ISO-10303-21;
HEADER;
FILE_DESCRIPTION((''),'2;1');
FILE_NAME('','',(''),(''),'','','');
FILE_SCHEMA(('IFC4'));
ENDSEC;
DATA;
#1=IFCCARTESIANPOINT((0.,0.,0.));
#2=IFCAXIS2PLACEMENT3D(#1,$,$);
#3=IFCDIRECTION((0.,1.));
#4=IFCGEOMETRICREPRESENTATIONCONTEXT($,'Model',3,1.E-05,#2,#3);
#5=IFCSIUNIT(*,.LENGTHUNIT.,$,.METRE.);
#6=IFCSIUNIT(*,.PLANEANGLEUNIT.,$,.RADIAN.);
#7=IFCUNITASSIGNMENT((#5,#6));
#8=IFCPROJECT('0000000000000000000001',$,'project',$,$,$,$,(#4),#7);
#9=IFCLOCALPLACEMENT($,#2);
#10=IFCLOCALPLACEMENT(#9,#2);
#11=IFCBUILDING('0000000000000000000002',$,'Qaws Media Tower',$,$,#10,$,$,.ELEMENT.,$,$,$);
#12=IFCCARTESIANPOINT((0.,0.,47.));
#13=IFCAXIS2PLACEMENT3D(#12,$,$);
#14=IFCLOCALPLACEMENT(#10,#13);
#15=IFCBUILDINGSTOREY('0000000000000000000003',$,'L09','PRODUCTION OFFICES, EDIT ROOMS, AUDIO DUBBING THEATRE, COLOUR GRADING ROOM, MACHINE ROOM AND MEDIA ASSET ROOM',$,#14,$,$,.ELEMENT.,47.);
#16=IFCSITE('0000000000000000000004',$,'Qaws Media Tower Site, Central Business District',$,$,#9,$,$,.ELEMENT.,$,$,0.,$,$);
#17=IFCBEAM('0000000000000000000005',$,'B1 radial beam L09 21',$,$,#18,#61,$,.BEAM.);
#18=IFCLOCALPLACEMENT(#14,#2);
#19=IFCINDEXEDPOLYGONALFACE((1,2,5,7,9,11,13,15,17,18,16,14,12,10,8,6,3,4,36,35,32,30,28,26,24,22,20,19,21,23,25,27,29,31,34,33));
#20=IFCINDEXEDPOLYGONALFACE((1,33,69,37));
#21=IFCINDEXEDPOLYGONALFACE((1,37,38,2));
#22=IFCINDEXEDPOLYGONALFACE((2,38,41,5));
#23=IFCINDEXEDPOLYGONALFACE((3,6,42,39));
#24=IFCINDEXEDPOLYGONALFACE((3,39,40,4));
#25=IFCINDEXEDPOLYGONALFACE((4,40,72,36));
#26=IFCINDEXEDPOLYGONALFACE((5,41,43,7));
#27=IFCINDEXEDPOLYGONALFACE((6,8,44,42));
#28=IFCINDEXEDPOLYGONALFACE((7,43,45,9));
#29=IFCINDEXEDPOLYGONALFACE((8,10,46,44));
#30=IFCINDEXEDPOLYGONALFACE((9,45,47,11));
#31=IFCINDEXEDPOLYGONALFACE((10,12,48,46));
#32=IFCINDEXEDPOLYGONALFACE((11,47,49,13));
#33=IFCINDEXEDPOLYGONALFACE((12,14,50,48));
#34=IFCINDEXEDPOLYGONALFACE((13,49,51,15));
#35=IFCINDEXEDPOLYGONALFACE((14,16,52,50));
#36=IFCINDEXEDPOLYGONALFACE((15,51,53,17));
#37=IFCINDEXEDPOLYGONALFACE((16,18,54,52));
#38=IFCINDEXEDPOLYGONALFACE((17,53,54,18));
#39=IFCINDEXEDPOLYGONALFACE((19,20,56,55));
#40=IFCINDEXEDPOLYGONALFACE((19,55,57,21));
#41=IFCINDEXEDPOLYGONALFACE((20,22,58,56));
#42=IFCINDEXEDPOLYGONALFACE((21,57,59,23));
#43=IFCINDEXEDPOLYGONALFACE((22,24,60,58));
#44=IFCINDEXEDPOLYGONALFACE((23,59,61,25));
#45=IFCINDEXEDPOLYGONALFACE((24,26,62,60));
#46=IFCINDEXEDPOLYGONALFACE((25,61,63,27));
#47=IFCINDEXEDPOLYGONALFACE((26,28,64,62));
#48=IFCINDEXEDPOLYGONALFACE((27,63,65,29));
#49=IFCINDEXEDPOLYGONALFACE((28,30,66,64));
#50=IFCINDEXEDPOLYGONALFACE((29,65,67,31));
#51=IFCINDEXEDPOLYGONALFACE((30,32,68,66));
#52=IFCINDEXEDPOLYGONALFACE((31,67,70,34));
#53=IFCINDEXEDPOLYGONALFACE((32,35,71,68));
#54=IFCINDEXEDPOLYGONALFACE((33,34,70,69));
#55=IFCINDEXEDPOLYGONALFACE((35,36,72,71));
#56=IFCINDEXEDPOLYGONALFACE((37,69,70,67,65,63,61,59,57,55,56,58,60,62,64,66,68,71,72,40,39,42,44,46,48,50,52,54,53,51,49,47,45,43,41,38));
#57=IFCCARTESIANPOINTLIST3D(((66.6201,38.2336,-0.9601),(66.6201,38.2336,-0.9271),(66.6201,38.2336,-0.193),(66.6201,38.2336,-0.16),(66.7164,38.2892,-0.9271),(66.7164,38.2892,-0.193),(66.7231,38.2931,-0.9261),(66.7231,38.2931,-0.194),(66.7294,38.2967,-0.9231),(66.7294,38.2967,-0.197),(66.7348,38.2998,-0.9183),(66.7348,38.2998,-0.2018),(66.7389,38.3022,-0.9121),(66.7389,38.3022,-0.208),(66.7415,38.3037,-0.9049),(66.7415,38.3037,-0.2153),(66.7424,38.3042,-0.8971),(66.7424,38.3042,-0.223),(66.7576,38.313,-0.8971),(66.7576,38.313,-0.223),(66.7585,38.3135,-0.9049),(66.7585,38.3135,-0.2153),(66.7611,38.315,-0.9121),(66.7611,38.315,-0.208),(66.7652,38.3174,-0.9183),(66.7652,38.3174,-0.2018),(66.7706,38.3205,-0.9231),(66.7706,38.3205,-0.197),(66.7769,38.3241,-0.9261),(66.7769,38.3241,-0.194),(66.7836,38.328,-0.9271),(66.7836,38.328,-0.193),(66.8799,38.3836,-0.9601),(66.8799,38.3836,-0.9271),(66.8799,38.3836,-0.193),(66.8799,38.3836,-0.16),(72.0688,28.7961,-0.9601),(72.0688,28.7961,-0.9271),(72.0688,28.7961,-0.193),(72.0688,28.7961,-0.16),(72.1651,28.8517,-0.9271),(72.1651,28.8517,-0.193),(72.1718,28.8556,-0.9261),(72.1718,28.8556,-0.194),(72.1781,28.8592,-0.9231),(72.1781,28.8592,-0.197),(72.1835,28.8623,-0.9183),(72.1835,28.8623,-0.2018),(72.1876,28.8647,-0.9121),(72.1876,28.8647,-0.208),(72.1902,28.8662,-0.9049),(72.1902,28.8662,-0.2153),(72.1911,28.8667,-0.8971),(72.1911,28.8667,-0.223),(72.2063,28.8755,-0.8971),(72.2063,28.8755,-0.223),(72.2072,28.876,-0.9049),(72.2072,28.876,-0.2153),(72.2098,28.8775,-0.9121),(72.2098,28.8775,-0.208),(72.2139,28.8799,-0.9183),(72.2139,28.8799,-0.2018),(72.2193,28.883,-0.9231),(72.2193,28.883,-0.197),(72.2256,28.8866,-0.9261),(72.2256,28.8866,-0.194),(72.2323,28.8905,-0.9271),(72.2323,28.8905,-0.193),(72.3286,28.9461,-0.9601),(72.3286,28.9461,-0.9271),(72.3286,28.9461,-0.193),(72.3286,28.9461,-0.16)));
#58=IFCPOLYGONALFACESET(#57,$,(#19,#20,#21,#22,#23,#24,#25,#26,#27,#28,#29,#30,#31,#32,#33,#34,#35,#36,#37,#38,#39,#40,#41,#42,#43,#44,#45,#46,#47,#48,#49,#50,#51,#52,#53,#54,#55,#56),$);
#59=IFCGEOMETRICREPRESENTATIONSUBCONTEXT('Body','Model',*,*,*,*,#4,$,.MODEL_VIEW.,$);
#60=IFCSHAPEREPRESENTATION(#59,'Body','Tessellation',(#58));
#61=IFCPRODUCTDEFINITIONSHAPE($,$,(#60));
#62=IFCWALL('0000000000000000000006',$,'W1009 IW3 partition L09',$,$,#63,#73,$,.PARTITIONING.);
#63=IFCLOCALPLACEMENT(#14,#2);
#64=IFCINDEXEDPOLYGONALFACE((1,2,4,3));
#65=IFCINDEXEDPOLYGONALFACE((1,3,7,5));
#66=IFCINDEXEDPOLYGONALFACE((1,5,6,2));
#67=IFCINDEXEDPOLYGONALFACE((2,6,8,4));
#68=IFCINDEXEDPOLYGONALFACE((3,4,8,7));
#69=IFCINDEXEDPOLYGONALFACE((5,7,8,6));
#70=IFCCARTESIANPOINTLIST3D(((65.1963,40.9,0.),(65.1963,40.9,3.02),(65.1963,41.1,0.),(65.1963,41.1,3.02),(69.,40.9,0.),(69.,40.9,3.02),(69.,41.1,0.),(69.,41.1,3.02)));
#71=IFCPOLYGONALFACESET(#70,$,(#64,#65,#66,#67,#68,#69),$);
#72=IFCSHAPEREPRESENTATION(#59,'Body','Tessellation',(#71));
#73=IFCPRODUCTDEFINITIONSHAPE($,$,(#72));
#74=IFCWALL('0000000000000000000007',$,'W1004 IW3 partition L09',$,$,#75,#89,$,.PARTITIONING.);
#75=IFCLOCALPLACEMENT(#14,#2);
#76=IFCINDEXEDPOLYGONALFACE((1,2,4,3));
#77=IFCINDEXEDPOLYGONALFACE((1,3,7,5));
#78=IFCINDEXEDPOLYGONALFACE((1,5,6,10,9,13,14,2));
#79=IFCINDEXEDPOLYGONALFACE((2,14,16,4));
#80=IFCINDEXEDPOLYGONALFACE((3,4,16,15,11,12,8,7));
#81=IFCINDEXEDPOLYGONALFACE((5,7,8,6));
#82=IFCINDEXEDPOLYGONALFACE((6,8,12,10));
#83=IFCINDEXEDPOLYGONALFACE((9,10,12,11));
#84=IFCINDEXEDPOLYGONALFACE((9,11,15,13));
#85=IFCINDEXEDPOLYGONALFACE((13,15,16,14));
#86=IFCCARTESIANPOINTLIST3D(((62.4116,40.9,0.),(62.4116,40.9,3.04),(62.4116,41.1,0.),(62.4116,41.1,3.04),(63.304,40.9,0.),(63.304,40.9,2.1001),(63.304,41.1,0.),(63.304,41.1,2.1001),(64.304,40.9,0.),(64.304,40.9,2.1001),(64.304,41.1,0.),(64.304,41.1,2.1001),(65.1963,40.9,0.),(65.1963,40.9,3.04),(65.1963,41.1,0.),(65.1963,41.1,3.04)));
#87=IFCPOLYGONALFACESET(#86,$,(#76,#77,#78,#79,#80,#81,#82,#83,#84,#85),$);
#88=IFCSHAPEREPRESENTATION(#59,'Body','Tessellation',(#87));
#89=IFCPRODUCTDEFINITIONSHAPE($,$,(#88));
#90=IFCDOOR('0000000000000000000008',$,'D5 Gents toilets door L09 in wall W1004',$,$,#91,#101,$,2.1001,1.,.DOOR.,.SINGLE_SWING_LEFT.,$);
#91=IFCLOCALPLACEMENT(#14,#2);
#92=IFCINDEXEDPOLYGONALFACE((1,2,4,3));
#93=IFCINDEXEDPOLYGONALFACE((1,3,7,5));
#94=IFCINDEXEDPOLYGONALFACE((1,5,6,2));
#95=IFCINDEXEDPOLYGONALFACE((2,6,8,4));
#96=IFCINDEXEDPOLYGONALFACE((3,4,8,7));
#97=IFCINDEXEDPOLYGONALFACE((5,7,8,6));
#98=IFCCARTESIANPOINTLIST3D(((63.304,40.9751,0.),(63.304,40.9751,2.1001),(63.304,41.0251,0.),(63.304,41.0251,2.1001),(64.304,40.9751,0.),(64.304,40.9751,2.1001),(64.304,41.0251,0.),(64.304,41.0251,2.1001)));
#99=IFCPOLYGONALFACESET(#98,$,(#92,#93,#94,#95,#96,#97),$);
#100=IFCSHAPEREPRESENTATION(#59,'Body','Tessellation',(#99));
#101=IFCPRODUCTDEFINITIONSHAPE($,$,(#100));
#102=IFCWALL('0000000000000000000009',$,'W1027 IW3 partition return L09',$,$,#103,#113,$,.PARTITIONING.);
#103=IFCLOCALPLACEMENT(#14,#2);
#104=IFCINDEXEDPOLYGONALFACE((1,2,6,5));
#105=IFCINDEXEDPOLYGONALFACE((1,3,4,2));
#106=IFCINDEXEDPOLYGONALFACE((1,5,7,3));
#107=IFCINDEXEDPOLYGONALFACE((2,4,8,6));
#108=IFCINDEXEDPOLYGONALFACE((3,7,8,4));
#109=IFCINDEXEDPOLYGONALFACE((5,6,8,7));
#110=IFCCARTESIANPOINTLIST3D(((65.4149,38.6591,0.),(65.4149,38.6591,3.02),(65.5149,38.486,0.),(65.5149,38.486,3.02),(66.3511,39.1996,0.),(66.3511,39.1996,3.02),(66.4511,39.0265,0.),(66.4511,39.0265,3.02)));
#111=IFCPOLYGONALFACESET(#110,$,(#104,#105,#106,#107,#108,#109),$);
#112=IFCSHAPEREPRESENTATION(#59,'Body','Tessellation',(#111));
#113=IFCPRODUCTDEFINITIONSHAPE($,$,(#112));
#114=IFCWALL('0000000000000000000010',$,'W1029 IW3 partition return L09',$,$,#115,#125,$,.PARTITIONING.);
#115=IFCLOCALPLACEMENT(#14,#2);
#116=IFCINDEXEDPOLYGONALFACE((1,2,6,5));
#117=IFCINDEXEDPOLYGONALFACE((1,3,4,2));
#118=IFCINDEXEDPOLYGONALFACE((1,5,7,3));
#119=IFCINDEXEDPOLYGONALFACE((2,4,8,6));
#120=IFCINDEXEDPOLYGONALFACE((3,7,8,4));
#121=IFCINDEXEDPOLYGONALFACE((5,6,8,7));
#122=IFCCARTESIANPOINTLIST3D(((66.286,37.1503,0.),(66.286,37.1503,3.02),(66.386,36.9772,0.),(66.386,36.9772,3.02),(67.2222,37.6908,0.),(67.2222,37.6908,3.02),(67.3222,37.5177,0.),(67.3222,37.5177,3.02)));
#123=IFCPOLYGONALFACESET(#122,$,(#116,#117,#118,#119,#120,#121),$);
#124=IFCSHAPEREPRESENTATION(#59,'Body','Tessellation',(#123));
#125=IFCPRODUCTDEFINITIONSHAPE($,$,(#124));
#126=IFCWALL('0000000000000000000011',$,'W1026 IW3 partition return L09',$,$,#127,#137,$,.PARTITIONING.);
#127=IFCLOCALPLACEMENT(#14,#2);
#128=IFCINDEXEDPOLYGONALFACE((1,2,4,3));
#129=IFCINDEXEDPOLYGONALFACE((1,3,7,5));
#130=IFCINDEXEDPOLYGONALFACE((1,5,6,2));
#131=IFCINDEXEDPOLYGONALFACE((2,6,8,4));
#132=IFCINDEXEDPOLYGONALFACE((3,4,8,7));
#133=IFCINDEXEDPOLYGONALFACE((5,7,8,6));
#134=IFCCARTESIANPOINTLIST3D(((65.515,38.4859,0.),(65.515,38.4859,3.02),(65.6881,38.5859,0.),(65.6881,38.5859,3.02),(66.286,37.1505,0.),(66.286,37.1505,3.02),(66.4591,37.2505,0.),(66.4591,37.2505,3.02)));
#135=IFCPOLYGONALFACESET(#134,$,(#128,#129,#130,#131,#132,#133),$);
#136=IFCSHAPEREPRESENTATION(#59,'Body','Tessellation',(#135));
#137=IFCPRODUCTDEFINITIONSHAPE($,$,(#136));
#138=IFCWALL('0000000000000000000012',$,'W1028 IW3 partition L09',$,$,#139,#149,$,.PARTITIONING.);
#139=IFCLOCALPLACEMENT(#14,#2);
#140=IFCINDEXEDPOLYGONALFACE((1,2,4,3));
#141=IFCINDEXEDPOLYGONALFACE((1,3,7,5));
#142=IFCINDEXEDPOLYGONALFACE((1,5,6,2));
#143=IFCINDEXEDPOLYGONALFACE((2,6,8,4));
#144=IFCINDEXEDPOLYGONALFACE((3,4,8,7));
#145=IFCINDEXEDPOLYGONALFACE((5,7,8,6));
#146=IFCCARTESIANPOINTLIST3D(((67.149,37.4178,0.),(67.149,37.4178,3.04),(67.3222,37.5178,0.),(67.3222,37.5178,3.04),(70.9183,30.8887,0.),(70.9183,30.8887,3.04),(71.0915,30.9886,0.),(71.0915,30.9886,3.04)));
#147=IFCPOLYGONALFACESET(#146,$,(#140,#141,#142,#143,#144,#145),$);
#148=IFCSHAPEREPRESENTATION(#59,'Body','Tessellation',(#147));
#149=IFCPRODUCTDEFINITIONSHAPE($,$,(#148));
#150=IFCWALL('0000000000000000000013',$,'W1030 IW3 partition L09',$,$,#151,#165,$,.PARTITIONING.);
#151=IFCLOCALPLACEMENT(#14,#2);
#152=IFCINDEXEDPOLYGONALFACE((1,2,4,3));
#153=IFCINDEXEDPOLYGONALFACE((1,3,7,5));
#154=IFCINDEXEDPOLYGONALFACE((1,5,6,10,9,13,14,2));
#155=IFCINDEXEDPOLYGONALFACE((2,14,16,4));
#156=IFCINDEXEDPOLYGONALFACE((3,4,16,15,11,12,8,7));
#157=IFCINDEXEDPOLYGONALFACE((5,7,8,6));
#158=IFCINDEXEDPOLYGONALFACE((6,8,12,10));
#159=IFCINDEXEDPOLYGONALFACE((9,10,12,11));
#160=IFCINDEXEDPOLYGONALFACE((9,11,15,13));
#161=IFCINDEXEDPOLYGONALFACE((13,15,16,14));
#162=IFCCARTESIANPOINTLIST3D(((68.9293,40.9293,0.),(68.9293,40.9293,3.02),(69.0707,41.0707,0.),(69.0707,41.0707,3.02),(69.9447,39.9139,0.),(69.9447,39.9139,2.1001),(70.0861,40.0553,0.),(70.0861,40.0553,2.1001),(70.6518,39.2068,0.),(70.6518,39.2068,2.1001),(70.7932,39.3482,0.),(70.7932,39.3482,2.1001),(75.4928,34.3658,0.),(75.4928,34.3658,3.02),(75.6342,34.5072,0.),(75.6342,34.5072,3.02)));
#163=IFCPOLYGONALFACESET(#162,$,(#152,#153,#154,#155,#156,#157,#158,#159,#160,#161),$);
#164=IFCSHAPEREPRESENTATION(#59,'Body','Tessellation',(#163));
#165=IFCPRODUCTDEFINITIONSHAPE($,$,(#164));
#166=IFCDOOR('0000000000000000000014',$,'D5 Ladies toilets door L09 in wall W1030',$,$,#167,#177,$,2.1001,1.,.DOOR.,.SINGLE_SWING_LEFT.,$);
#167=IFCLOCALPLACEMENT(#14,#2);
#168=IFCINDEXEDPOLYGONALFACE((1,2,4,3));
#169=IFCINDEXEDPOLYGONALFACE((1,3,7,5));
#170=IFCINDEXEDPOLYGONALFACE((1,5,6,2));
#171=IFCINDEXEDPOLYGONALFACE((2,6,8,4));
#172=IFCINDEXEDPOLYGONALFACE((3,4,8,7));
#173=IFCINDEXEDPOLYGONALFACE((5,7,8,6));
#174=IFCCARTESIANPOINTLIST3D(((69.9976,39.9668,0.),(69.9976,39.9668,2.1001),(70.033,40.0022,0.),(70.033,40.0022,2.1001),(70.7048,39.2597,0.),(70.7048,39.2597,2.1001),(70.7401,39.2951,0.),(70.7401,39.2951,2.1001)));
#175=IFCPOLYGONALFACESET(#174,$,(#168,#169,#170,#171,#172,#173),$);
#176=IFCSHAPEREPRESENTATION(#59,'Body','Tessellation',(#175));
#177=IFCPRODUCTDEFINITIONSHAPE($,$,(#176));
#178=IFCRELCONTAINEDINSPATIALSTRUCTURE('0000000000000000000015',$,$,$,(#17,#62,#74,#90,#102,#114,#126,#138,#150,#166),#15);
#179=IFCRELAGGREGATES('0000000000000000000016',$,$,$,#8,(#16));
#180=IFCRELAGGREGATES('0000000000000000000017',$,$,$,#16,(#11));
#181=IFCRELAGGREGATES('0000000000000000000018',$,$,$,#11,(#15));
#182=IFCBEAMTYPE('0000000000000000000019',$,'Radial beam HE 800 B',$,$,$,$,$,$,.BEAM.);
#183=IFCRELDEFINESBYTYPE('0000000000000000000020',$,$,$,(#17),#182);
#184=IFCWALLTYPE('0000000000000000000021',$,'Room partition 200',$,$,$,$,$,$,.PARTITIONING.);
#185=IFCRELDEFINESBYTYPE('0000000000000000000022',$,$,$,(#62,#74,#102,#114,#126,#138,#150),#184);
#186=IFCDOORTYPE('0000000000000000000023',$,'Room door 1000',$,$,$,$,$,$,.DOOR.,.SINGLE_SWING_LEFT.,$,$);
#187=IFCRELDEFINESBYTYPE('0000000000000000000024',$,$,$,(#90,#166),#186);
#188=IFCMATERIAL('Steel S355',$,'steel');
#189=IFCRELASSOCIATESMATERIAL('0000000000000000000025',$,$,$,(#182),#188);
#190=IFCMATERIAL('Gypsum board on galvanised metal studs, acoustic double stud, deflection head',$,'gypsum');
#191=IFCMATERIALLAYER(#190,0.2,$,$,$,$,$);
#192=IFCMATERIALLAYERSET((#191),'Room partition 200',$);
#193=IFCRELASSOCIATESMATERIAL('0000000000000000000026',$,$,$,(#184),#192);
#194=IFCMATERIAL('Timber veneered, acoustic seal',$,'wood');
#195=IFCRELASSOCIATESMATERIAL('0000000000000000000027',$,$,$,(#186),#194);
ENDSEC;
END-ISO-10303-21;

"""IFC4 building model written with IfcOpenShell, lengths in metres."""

from ifc_helpers import new_model, si_unit, direction, frame, frame_2d, origin, origin_2d, place, context, subcontext, project, spatial, rectangle, i_section, extrude, material, layer, layer_set, material_profile, profile_set, type_object, element, fill, save


model = new_model("IFC4")

# Units and contexts
model_context = context("Model", 3, precision=1e-05, world=origin(), true_north=direction((0.0, 1.0)))
body_context = subcontext(model_context, "Body", "Model", "MODEL_VIEW")
ifc_project = project(units=[si_unit("LENGTHUNIT", "METRE"), si_unit("PLANEANGLEUNIT", "RADIAN")], contexts=[model_context])

# Site, building, storey
site_placement = place(None, origin())
site = spatial("IfcSite", under=ifc_project, at=site_placement, Name="Qaws Media Tower Site, Central Business District", CompositionType="ELEMENT", RefElevation=0.0)
building_placement = place(site_placement, origin())
building = spatial("IfcBuilding", under=site, at=building_placement, Name="Qaws Media Tower", CompositionType="ELEMENT")
storey_placement = place(building_placement, frame((0.0, 0.0, 47.0)))
storey = spatial("IfcBuildingStorey", under=building, at=storey_placement, Name="L09", Description="PRODUCTION OFFICES, EDIT ROOMS, AUDIO DUBBING THEATRE, COLOUR GRADING ROOM, MACHINE ROOM AND MEDIA ASSET ROOM", CompositionType="ELEMENT", Elevation=47.0)

# Beam
ifc_material_1 = material(Name="Steel S355", Category="steel")
ifc_material_profile_1 = material_profile(ifc_material_1, i_section(OverallWidth=0.3, OverallDepth=0.8, WebThickness=0.0176, FlangeThickness=0.033, FilletRadius=0.03, at=origin_2d()), Name="HE 800 B")
ifc_profile_set_1 = profile_set([ifc_material_profile_1], Name="Steel S355")
beam_type_1 = type_object("IfcBeamType", Name="Radial beam HE 800 B", PredefinedType="BEAM", material=ifc_profile_set_1)
beam_1_placement = place(storey_placement, frame((66.75, 38.3086, -0.5601), z_axis=(0.499999, -0.866026, 0.0), x_axis=(0.866026, 0.499999, 0.0)))
element("IfcBeam", 1, at=beam_1_placement, inside=storey, type_object=beam_type_1, Name="B1 radial beam L09 21", PredefinedType="BEAM", context=body_context, shape_type="SweptSolid", body=[
    extrude(i_section(OverallWidth=0.3, OverallDepth=0.8, WebThickness=0.0176, FlangeThickness=0.033, FilletRadius=0.03, at=origin_2d()), origin(), (0.0, 0.0, 1.0), 10.8975),
])

# Wall
ifc_material_2 = material(Name="Gypsum board on galvanised metal studs, acoustic double stud, deflection head", Category="gypsum")
ifc_layer = layer(ifc_material_2, 0.2)
ifc_layer_set = layer_set([ifc_layer], Name="Room partition 200")
wall_type = type_object("IfcWallType", Name="Room partition 200", PredefinedType="PARTITIONING", material=ifc_layer_set)
wall_1_placement = place(storey_placement, frame((69.0, 41.0, 0.0), z_axis=(0.0, 0.0, 1.0), x_axis=(-1.0, 0.0, 0.0)))
element("IfcWall", 2, at=wall_1_placement, inside=storey, type_object=wall_type, Name="W1009 IW3 partition L09", PredefinedType="PARTITIONING", context=body_context, shape_type="SweptSolid", body=[
    extrude(rectangle(XDim=3.8037, YDim=0.2, at=frame_2d((1.9019, 0.0))), origin(), (0.0, 0.0, 1.0), 3.02),
])

# Wall, opening, door
wall_2_placement = place(storey_placement, frame((65.1963, 41.0, 0.0), z_axis=(0.0, 0.0, 1.0), x_axis=(-1.0, 0.0, 0.0)))
wall_2 = element("IfcWall", 3, at=wall_2_placement, inside=storey, type_object=wall_type, Name="W1004 IW3 partition L09", PredefinedType="PARTITIONING", context=body_context, shape_type="SweptSolid", body=[
    extrude(rectangle(XDim=2.7847, YDim=0.2, at=frame_2d((1.3923, 0.0))), origin(), (0.0, 0.0, 1.0), 3.04),
])
opening_1_placement = place(wall_2_placement, frame((0.8923, 0.0, 0.0)))
opening_1 = element("IfcOpeningElement", 4, at=opening_1_placement, cuts=wall_2, PredefinedType="OPENING", context=body_context, shape_type="SweptSolid", body=[
    extrude(rectangle(XDim=1.0, YDim=2.1001, at=frame_2d((0.5, 1.05))), frame((0.0, 0.1099, 0.0), z_axis=(0.0, -1.0, 0.0), x_axis=(1.0, 0.0, 0.0)), (0.0, 0.0, 1.0), 0.22),
])
ifc_material_3 = material(Name="Timber veneered, acoustic seal", Category="wood")
door_type = type_object("IfcDoorType", Name="Room door 1000", OperationType="SINGLE_SWING_LEFT", PredefinedType="DOOR", material=ifc_material_3)
door_1_placement = place(opening_1_placement, origin())
door_1 = element("IfcDoor", 5, at=door_1_placement, inside=storey, type_object=door_type, Name="D5 Gents toilets door L09 in wall W1004", OperationType="SINGLE_SWING_LEFT", OverallHeight=2.1001, OverallWidth=1.0, PredefinedType="DOOR", context=body_context, shape_type="SweptSolid", body=[
    extrude(rectangle(XDim=1.0, YDim=2.1001, at=frame_2d((0.5, 1.05))), frame((0.0, 0.0249, 0.0), z_axis=(0.0, -1.0, 0.0), x_axis=(1.0, 0.0, 0.0)), (0.0, 0.0, 1.0), 0.05),
])
fill(opening_1, door_1)

# Walls
for number, where, z_axis, x_axis, name in (
    (6, (66.4011, 39.113, 0.0), (0.0, 0.0, 1.0), (-0.866039, -0.499977, 0.0), "W1027 IW3 partition return L09"),
    (7, (67.2722, 37.6042, 0.0), (0.0, 0.0, 1.0), (-0.866039, -0.499977, 0.0), "W1029 IW3 partition return L09"),
):
    element("IfcWall", number, at=place(storey_placement, frame(where, z_axis=z_axis, x_axis=x_axis)), inside=storey, type_object=wall_type, Name=name, PredefinedType="PARTITIONING", context=body_context, shape_type="SweptSolid", body=[
        extrude(rectangle(XDim=1.0811, YDim=0.2, at=frame_2d((0.5405, 0.0))), origin(), (0.0, 0.0, 1.0), 3.02),
    ])
wall_3_placement = place(storey_placement, frame((65.6016, 38.5359, 0.0), z_axis=(0.0, 0.0, 1.0), x_axis=(0.499987, -0.866033, 0.0)))
element("IfcWall", 8, at=wall_3_placement, inside=storey, type_object=wall_type, Name="W1026 IW3 partition return L09", PredefinedType="PARTITIONING", context=body_context, shape_type="SweptSolid", body=[
    extrude(rectangle(XDim=1.542, YDim=0.2, at=frame_2d((0.771, 0.0))), origin(), (0.0, 0.0, 1.0), 3.02),
])
wall_4_placement = place(storey_placement, frame((67.2356, 37.4678, 0.0), z_axis=(0.0, 0.0, 1.0), x_axis=(0.499974, -0.866041, 0.0)))
element("IfcWall", 9, at=wall_4_placement, inside=storey, type_object=wall_type, Name="W1028 IW3 partition L09", PredefinedType="PARTITIONING", context=body_context, shape_type="SweptSolid", body=[
    extrude(rectangle(XDim=7.5391, YDim=0.2, at=frame_2d((3.7695, 0.0))), origin(), (0.0, 0.0, 1.0), 3.04),
])

# Wall, opening, door
wall_5_placement = place(storey_placement, frame((69.0, 41.0, 0.0), z_axis=(0.0, 0.0, 1.0), x_axis=(0.707107, -0.707107, 0.0)))
wall_5 = element("IfcWall", 10, at=wall_5_placement, inside=storey, type_object=wall_type, Name="W1030 IW3 partition L09", PredefinedType="PARTITIONING", context=body_context, shape_type="SweptSolid", body=[
    extrude(rectangle(XDim=9.2822, YDim=0.2, at=frame_2d((4.6411, 0.0))), origin(), (0.0, 0.0, 1.0), 3.02),
])
opening_2_placement = place(wall_5_placement, frame((1.436, 0.0, 0.0)))
opening_2 = element("IfcOpeningElement", 11, at=opening_2_placement, cuts=wall_5, PredefinedType="OPENING", context=body_context, shape_type="SweptSolid", body=[
    extrude(rectangle(XDim=1.0, YDim=2.1001, at=frame_2d((0.5, 1.05))), frame((0.0, 0.1099, 0.0), z_axis=(0.0, -1.0, 0.0), x_axis=(1.0, 0.0, 0.0)), (0.0, 0.0, 1.0), 0.22),
])
door_2_placement = place(opening_2_placement, origin())
door_2 = element("IfcDoor", 12, at=door_2_placement, inside=storey, type_object=door_type, Name="D5 Ladies toilets door L09 in wall W1030", OperationType="SINGLE_SWING_LEFT", OverallHeight=2.1001, OverallWidth=1.0, PredefinedType="DOOR", context=body_context, shape_type="SweptSolid", body=[
    extrude(rectangle(XDim=1.0, YDim=2.1001, at=frame_2d((0.5, 1.05))), frame((0.0, 0.0249, 0.0), z_axis=(0.0, -1.0, 0.0), x_axis=(1.0, 0.0, 0.0)), (0.0, 0.0, 1.0), 0.05),
])
fill(opening_2, door_2)

save(model, "model.ifc")
